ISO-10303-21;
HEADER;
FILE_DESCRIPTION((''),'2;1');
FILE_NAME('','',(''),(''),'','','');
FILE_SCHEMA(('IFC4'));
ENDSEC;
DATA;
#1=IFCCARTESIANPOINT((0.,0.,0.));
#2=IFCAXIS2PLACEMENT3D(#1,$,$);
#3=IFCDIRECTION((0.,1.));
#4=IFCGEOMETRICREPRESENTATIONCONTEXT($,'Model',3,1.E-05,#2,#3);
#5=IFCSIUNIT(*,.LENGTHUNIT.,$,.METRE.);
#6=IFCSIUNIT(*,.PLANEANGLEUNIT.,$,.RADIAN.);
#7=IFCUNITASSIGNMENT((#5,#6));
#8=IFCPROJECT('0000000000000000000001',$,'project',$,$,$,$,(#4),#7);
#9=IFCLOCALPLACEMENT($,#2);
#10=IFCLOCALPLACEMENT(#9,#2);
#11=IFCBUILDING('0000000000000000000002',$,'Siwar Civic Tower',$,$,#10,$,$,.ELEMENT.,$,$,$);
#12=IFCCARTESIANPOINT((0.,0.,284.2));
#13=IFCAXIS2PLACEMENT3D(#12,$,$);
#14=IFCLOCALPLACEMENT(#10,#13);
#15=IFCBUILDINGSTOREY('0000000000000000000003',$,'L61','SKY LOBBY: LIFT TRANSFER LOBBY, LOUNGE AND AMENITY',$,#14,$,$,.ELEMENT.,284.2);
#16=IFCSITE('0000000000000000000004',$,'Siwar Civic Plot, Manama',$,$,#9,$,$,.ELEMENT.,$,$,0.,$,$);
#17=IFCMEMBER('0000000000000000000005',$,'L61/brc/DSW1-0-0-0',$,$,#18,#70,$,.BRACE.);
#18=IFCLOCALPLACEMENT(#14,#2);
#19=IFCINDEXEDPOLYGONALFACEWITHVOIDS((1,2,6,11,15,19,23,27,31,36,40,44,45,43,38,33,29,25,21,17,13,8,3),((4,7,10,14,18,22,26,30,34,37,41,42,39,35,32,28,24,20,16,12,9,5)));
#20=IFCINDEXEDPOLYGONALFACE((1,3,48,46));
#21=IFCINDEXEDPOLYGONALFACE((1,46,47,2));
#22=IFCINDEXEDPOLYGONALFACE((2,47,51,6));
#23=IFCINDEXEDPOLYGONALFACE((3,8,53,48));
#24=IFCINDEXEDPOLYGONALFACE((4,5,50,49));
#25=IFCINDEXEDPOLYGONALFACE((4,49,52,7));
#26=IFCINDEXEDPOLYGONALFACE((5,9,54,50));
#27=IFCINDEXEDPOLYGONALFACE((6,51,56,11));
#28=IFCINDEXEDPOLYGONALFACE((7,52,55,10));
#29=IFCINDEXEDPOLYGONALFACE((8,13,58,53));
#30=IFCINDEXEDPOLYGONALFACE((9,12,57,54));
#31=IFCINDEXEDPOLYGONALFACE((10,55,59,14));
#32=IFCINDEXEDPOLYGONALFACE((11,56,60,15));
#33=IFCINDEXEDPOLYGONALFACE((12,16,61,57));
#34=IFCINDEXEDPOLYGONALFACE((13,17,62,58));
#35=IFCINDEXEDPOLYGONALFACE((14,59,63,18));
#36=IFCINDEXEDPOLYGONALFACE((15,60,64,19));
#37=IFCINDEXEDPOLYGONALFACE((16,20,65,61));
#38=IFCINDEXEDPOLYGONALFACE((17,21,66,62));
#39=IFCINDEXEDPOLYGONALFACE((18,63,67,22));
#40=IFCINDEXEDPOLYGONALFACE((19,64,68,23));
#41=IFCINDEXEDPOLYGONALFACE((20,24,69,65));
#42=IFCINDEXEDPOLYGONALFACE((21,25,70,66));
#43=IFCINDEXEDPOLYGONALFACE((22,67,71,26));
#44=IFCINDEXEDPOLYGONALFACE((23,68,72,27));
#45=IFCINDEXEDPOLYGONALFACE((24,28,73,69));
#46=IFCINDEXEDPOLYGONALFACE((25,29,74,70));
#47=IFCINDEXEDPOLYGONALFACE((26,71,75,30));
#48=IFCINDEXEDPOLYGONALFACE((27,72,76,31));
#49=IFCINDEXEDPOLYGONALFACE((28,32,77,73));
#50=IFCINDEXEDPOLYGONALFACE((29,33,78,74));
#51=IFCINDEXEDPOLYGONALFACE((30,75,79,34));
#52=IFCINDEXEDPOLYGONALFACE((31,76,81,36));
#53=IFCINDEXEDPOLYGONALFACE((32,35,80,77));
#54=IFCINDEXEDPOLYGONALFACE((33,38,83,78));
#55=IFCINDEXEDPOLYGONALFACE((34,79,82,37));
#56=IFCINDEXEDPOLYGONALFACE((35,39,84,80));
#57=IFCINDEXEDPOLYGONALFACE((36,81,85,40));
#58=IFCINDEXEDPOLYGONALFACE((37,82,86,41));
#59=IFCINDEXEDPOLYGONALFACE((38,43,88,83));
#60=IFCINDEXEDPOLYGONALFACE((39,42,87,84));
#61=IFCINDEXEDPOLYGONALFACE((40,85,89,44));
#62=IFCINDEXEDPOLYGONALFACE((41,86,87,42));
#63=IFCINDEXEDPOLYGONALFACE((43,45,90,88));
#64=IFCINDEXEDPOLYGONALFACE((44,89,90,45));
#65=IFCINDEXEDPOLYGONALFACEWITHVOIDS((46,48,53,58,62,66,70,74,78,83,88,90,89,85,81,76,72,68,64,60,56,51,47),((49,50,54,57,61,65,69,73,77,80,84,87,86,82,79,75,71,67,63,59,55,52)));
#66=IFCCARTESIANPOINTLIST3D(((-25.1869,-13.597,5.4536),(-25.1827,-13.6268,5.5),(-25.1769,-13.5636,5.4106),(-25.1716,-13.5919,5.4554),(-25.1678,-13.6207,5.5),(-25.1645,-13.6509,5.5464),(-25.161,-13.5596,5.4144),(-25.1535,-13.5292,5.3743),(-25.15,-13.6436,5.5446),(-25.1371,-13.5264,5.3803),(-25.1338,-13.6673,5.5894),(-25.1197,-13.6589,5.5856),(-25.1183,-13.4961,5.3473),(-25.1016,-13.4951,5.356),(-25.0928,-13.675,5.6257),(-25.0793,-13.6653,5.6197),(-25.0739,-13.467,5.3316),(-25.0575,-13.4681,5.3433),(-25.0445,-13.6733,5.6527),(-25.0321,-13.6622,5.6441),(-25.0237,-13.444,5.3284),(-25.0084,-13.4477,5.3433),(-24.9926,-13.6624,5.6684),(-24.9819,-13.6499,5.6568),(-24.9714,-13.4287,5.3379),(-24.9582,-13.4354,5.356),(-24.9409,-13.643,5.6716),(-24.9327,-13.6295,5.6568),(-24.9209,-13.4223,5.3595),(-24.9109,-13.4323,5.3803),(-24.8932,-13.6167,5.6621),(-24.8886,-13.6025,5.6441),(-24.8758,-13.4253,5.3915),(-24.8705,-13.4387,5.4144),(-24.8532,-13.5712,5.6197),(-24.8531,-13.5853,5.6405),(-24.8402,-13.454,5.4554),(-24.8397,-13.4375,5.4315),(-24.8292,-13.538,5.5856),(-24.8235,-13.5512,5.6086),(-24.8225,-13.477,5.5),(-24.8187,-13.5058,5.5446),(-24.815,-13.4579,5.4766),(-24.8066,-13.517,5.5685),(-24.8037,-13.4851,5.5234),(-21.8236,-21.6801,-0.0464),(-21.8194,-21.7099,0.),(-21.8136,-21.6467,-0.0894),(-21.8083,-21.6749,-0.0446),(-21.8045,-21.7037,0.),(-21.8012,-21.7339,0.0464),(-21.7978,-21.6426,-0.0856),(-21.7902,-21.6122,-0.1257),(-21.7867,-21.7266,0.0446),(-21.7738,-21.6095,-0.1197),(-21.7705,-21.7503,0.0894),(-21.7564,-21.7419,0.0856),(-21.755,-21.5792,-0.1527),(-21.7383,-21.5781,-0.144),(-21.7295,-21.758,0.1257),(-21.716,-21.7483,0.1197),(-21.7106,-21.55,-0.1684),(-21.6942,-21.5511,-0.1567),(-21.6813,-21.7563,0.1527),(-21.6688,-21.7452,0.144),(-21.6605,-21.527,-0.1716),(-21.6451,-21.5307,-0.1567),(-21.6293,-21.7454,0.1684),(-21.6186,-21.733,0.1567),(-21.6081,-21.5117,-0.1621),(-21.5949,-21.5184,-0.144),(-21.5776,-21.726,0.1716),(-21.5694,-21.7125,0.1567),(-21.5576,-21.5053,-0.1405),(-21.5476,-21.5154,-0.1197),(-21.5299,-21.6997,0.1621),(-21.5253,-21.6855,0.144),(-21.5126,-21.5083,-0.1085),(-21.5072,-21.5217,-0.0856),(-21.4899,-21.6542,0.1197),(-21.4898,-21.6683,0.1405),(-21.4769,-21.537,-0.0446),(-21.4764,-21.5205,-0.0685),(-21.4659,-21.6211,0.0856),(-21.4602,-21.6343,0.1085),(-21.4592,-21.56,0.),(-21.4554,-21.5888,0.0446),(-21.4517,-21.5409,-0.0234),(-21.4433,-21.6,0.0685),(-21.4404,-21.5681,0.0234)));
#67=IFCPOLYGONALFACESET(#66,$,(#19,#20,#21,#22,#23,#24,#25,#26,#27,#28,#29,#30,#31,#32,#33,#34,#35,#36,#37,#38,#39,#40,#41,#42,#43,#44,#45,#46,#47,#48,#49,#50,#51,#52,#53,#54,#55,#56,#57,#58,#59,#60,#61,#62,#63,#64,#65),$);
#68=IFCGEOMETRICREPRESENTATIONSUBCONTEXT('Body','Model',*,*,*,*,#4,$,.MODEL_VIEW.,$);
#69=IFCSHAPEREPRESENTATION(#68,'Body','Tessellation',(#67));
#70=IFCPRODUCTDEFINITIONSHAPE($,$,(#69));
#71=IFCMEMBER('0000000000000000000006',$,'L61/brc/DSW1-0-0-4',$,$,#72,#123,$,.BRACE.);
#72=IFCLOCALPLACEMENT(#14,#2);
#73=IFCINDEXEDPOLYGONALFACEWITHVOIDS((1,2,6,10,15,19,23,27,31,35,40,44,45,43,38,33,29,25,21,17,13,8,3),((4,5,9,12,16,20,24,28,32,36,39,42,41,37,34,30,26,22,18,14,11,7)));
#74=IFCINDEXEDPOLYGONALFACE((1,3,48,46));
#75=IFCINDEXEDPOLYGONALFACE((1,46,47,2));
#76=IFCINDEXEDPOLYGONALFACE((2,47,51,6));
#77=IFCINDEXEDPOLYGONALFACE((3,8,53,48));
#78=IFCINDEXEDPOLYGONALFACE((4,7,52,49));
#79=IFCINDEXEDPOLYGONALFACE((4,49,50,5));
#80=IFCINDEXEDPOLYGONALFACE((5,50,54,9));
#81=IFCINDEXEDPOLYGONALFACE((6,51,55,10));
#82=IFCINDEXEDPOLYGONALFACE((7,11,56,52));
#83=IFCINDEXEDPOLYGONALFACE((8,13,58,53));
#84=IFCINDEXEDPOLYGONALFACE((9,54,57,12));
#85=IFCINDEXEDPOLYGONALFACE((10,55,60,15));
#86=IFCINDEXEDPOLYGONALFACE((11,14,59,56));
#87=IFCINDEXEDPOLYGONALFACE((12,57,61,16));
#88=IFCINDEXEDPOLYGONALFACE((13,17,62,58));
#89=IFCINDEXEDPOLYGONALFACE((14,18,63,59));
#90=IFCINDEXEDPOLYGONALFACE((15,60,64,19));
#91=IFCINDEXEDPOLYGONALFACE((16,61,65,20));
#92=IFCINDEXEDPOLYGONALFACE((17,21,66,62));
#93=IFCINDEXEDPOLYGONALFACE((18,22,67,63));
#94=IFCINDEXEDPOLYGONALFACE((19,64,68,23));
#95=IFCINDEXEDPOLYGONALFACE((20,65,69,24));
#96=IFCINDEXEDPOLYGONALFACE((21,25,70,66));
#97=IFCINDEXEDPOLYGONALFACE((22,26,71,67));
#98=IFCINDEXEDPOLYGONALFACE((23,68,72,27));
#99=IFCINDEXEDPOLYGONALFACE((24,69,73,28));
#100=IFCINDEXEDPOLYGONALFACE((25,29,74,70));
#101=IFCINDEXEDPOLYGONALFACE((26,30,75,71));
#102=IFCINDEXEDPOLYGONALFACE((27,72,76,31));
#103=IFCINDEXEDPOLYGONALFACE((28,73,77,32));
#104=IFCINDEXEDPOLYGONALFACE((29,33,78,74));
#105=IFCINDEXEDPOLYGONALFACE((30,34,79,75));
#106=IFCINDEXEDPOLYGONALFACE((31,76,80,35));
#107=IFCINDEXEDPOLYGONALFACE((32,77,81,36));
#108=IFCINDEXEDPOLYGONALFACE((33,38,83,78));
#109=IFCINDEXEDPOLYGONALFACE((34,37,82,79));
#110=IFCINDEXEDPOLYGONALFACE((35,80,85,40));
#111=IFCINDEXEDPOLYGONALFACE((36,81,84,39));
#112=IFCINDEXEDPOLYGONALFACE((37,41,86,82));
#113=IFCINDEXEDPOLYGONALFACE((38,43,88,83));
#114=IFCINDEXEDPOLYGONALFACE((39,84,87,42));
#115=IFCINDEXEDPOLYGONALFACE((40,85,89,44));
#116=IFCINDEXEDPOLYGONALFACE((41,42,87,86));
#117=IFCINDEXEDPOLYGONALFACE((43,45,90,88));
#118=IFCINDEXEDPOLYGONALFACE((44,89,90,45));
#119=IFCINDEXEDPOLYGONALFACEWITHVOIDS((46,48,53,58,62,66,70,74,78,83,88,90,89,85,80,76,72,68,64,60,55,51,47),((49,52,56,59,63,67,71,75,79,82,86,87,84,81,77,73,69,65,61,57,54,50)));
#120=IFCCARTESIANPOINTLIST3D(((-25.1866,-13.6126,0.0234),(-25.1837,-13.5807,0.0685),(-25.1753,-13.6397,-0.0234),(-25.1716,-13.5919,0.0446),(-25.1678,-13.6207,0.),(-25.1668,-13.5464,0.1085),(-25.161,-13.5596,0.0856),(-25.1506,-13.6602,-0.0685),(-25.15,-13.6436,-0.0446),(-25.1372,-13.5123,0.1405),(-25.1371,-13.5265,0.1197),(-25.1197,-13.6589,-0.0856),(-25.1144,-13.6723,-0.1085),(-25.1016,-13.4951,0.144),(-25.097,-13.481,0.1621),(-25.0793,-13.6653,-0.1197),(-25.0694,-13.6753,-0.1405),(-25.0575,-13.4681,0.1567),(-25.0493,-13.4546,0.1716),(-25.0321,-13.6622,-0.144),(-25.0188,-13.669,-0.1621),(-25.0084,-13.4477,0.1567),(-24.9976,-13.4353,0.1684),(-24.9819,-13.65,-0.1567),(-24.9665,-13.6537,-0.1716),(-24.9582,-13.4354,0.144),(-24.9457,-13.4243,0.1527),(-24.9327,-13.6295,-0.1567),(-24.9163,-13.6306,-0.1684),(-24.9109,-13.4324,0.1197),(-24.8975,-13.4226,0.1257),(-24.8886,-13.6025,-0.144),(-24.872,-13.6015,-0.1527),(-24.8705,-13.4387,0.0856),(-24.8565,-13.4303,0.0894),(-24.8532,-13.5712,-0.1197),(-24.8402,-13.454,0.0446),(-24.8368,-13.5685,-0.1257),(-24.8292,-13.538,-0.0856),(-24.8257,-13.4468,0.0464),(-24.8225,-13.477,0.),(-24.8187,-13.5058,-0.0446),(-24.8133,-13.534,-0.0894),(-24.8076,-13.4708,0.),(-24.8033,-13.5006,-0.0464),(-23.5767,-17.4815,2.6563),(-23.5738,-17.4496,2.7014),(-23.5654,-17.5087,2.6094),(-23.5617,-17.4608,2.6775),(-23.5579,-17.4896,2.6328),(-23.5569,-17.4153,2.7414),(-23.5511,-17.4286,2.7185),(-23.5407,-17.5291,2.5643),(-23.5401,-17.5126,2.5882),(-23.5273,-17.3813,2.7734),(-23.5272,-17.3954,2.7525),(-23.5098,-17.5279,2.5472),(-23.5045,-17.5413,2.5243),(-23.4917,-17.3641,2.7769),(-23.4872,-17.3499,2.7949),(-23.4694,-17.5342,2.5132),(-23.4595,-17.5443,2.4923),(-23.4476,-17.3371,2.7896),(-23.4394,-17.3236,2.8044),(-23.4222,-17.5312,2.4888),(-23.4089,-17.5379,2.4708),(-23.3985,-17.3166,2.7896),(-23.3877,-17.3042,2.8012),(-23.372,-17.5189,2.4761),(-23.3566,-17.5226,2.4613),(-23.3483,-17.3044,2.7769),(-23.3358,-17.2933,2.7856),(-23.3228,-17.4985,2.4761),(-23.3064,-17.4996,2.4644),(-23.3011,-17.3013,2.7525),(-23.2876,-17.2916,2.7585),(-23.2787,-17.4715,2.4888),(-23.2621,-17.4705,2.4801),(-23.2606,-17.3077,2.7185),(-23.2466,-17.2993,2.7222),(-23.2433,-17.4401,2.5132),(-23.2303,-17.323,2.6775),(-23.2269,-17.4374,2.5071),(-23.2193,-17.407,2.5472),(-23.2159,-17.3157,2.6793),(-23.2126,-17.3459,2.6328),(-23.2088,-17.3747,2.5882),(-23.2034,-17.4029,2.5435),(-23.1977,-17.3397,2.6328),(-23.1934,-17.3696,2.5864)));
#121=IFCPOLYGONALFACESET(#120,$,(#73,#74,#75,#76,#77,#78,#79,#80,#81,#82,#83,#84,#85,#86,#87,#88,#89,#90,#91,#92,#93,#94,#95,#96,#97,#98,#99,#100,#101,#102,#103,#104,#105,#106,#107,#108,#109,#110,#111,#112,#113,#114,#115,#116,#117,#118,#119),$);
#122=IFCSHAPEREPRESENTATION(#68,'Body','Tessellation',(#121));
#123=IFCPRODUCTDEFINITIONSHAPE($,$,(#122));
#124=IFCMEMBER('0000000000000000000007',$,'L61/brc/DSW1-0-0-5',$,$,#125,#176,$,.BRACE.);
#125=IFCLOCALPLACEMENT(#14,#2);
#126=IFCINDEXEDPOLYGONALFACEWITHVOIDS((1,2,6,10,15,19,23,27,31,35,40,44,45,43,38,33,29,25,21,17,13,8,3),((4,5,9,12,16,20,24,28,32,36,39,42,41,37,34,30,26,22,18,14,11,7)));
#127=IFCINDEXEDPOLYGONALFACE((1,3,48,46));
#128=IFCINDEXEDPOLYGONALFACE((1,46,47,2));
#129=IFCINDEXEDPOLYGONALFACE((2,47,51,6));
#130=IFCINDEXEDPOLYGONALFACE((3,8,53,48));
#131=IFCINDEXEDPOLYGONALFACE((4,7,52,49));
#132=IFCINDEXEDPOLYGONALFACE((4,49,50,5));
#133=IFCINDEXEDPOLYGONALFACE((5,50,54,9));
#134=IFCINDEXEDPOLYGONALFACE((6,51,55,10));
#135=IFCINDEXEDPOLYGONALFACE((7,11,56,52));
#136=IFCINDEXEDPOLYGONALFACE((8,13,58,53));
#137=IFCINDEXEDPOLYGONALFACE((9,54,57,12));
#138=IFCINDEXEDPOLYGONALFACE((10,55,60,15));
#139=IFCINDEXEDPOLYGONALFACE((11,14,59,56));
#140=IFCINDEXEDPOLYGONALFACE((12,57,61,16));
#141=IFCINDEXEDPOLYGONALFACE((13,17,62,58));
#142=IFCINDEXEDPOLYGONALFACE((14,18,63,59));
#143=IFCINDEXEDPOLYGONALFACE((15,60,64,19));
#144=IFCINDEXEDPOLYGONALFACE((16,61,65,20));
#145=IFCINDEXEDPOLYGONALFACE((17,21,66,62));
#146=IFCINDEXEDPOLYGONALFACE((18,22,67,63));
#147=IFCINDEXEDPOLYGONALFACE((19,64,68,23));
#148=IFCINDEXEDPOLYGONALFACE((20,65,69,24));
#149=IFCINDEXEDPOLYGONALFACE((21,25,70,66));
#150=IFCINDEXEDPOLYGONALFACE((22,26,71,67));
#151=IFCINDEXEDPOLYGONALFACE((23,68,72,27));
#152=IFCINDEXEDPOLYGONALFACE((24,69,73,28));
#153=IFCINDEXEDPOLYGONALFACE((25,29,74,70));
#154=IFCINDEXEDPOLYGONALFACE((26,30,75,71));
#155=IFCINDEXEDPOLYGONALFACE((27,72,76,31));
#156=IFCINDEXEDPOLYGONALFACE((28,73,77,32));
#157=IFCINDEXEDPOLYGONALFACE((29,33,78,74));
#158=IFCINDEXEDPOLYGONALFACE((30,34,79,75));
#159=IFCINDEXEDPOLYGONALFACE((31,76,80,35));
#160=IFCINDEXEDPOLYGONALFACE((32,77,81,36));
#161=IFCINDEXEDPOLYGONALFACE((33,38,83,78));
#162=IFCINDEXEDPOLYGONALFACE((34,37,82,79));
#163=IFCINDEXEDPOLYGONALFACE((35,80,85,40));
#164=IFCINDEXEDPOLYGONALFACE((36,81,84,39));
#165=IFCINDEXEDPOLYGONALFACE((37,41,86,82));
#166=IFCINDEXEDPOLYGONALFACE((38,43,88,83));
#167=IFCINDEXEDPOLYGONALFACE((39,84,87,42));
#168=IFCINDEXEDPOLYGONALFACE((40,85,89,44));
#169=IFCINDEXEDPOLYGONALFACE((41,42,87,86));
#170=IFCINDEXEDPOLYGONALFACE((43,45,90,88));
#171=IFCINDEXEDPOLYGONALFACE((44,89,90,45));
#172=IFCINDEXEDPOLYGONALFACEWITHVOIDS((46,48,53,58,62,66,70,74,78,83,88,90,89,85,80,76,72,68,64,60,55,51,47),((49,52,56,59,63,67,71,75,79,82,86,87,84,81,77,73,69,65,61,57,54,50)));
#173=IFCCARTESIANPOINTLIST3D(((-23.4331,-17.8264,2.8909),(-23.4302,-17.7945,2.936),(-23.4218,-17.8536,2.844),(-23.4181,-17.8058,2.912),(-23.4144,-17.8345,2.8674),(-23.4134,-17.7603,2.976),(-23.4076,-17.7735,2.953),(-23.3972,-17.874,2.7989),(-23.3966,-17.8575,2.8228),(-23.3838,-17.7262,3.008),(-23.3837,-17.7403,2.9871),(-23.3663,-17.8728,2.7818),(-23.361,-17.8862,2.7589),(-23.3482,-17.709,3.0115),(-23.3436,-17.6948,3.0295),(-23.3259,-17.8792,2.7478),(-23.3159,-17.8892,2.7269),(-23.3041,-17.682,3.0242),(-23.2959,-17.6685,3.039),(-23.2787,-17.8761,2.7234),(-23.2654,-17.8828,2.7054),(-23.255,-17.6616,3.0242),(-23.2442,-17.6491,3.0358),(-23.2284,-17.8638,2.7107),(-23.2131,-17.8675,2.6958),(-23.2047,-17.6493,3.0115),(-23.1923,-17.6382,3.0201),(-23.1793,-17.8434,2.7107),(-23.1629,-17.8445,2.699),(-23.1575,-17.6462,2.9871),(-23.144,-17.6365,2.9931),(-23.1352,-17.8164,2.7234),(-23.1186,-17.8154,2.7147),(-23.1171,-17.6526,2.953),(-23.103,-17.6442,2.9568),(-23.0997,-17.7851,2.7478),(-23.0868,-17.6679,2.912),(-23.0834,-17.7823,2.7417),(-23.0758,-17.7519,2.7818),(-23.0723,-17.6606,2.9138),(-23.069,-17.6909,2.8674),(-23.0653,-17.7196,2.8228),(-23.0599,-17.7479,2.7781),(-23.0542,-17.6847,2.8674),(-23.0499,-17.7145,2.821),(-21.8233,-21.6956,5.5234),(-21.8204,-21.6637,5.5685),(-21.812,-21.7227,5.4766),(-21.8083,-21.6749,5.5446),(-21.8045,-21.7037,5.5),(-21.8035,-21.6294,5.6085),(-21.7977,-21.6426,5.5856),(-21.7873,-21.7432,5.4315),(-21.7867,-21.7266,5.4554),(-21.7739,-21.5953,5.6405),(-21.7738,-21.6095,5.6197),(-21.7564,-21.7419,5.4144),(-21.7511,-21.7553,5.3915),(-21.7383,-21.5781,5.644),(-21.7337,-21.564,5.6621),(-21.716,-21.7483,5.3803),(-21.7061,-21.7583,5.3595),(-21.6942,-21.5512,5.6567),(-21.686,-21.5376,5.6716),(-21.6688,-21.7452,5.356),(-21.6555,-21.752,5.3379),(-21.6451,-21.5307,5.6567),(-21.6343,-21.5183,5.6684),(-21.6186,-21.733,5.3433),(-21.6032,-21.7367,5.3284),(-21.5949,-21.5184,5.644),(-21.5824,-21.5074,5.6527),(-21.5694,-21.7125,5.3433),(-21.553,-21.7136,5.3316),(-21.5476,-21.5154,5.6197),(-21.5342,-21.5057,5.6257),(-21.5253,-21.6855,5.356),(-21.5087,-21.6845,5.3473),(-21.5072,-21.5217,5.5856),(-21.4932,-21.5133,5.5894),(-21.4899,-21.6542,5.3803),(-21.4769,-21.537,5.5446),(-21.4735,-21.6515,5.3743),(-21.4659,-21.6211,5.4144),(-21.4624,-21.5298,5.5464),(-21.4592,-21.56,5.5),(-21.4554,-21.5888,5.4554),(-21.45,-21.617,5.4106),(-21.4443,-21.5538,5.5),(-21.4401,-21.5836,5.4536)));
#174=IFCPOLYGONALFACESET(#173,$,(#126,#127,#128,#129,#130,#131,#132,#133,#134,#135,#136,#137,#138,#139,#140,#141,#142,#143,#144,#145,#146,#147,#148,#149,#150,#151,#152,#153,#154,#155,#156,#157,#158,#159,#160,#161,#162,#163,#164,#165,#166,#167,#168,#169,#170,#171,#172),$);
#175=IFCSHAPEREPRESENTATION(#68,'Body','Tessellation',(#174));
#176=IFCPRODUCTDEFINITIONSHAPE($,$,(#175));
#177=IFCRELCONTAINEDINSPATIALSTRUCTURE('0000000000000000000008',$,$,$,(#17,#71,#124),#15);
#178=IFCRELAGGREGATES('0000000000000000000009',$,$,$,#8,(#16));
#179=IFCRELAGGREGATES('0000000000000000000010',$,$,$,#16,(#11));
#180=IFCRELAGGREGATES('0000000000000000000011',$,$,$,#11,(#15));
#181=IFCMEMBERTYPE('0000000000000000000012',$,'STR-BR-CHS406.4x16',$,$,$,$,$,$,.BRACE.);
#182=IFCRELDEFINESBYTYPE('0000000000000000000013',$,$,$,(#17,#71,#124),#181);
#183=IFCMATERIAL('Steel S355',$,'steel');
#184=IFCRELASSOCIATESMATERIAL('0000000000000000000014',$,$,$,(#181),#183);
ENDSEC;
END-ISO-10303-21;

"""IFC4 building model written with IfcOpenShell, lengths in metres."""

from ifc_helpers import new_model, si_unit, direction, frame, origin, origin_2d, place, context, subcontext, project, spatial, hollow_circle, extrude, material, material_profile, profile_set, type_object, element, save


model = new_model("IFC4")

# Units and contexts
model_context = context("Model", 3, precision=1e-05, world=origin(), true_north=direction((0.0, 1.0)))
body_context = subcontext(model_context, "Body", "Model", "MODEL_VIEW")
ifc_project = project(units=[si_unit("LENGTHUNIT", "METRE"), si_unit("PLANEANGLEUNIT", "RADIAN")], contexts=[model_context])

# Site, building, storey
site_placement = place(None, origin())
site = spatial("IfcSite", under=ifc_project, at=site_placement, Name="Siwar Civic Plot, Manama", CompositionType="ELEMENT", RefElevation=0.0)
building_placement = place(site_placement, origin())
building = spatial("IfcBuilding", under=site, at=building_placement, Name="Siwar Civic Tower", CompositionType="ELEMENT")
storey_placement = place(building_placement, frame((0.0, 0.0, 284.2)))
storey = spatial("IfcBuildingStorey", under=building, at=storey_placement, Name="L61", Description="SKY LOBBY: LIFT TRANSFER LOBBY, LOUNGE AND AMENITY", CompositionType="ELEMENT", Elevation=284.2)

# Members
ifc_material_1 = material(Name="Steel S355", Category="steel")
ifc_material_profile_1 = material_profile(ifc_material_1, hollow_circle(Radius=0.2031, WallThickness=0.0161, at=origin_2d()), Name="CHS406.4x16")
ifc_profile_set_1 = profile_set([ifc_material_profile_1], Name="Steel S355")
member_type_1 = type_object("IfcMemberType", Name="STR-BR-CHS406.4x16", PredefinedType="BRACE", material=ifc_profile_set_1)
member_1_placement = place(storey_placement, frame((-21.6318, -21.6318, 0.0), z_axis=(-0.325298, 0.781791, 0.531962), x_axis=(-0.923265, -0.384164, 0.0)))
element("IfcMember", 1, at=member_1_placement, inside=storey, type_object=member_type_1, Name="L61/brc/DSW1-0-0-0", PredefinedType="BRACE", context=body_context, shape_type="SweptSolid", body=[
    extrude(hollow_circle(Radius=0.2031, WallThickness=0.0161, at=origin_2d()), origin(), (0.0, 0.0, 1.0), 10.3391),
])
for number, where, z_axis, x_axis, name in (
    (2, (-24.9951, -13.5488, 0.0), (0.325296, -0.781767, 0.531998), (0.923261, 0.384173, 0.0), "L61/brc/DSW1-0-0-4"),
    (3, (-23.2417, -17.7627, 2.8674), (0.325292, -0.781807, 0.531942), (0.92327, 0.384152, 0.0), "L61/brc/DSW1-0-0-5"),
):
    element("IfcMember", number, at=place(storey_placement, frame(where, z_axis=z_axis, x_axis=x_axis)), inside=storey, type_object=member_type_1, Name=name, PredefinedType="BRACE", context=body_context, shape_type="SweptSolid", body=[
        extrude(hollow_circle(Radius=0.2031, WallThickness=0.0161, at=origin_2d()), origin(), (0.0, 0.0, 1.0), 4.949),
    ])

save(model, "model.ifc")
